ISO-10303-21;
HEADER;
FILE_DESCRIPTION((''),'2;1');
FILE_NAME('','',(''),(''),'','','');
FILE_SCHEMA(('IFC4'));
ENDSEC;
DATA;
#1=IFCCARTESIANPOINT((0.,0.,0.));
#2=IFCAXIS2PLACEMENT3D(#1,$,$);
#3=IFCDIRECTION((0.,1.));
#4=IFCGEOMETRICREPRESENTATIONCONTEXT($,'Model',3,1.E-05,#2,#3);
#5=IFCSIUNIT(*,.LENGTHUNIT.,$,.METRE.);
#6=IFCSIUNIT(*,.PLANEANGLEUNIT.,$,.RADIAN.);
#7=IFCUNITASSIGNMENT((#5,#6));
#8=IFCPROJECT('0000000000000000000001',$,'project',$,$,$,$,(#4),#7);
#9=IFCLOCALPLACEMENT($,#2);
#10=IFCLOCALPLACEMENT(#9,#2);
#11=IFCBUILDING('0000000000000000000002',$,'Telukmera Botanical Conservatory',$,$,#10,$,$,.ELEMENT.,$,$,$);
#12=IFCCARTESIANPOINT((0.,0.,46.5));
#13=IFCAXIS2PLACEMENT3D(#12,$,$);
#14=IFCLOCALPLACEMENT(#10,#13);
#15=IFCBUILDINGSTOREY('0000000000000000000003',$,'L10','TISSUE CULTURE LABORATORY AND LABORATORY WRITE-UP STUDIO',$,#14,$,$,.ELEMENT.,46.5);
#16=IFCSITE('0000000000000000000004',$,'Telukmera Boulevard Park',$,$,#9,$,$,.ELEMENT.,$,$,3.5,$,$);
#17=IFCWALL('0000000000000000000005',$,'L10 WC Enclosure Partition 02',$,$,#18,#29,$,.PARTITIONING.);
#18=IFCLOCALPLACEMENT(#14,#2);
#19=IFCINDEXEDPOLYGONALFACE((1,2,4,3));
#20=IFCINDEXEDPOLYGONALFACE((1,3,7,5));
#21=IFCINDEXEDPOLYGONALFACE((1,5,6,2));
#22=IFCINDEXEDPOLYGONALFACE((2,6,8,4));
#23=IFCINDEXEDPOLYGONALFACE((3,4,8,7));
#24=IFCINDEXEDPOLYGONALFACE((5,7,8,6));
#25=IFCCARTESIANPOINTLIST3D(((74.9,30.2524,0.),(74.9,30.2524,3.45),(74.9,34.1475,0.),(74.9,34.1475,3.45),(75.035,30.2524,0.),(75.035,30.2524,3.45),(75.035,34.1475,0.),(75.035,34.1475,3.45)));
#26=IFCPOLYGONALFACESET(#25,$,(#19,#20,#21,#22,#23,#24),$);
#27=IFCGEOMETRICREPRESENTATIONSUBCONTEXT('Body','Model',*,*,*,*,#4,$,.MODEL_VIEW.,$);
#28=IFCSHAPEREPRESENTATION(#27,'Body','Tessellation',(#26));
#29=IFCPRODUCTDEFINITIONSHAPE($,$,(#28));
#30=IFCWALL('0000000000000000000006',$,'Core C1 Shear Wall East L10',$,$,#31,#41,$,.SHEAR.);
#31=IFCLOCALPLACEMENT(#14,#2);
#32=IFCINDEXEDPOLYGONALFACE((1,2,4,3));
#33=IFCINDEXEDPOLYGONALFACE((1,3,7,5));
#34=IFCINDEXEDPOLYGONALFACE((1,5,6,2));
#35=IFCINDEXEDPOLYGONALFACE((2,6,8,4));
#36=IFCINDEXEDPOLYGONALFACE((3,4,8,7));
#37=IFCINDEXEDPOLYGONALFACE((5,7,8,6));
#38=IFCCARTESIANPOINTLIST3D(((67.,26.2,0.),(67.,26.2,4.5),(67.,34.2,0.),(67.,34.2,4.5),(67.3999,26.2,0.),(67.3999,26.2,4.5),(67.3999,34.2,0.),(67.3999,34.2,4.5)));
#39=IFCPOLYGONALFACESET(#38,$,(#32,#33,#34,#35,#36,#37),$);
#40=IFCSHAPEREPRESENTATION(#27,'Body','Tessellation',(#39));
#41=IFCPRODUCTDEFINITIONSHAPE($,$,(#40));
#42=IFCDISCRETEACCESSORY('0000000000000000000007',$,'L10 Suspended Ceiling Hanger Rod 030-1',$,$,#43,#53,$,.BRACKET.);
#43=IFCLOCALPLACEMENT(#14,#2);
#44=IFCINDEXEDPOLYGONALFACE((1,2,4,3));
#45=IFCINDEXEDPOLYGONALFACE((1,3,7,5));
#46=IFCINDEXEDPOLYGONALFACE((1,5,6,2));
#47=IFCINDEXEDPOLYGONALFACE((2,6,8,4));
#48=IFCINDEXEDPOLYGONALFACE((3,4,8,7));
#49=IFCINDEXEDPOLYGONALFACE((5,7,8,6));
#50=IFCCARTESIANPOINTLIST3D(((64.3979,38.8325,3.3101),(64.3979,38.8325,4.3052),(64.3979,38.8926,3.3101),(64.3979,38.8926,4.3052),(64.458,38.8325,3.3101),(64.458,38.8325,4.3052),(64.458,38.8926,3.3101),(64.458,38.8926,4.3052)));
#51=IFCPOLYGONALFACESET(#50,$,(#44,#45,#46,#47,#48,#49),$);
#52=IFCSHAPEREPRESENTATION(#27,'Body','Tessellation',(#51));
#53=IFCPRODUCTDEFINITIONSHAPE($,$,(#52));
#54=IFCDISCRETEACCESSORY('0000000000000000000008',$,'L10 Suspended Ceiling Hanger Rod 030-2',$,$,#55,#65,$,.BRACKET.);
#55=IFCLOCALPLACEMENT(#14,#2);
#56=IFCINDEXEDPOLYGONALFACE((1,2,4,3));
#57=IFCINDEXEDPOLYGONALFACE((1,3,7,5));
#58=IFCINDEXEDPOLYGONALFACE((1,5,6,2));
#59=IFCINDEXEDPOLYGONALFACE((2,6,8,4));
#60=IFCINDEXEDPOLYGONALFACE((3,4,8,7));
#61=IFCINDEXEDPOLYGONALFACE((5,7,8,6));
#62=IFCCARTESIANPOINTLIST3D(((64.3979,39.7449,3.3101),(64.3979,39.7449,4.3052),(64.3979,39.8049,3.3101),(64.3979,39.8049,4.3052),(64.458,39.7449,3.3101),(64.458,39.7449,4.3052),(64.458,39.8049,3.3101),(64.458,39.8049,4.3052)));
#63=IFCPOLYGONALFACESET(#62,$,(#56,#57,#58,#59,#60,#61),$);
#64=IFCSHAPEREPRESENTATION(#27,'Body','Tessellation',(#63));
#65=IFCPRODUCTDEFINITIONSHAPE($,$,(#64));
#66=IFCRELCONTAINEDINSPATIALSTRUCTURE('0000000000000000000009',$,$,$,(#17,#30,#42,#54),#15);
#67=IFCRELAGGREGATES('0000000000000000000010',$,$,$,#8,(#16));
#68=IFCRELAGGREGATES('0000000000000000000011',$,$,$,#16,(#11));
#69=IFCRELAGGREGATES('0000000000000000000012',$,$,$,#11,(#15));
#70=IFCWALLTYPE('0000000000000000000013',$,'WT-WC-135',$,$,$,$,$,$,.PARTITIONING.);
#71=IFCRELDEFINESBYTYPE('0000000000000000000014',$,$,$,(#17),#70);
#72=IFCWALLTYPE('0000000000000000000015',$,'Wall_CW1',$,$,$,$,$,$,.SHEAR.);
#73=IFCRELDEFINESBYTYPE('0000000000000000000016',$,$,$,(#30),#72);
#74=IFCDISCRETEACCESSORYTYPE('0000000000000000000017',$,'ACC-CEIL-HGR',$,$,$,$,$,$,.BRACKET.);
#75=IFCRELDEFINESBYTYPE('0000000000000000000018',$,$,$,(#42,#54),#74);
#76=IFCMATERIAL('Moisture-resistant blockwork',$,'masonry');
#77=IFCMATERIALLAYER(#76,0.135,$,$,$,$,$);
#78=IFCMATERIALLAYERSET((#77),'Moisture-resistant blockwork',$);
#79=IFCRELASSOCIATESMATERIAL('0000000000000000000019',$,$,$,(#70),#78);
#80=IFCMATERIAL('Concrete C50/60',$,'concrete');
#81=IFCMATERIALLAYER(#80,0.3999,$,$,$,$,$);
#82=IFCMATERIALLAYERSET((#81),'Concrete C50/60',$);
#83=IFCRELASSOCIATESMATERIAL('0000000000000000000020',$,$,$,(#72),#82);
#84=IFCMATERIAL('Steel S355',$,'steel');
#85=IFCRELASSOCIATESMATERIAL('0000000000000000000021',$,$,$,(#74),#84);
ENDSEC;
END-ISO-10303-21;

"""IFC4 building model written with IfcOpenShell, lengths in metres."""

from ifc_helpers import new_model, si_unit, direction, frame, frame_2d, origin, origin_2d, place, context, subcontext, project, spatial, rectangle, extrude, material, layer, layer_set, type_object, element, save


model = new_model("IFC4")

# Units and contexts
model_context = context("Model", 3, precision=1e-05, world=origin(), true_north=direction((0.0, 1.0)))
body_context = subcontext(model_context, "Body", "Model", "MODEL_VIEW")
ifc_project = project(units=[si_unit("LENGTHUNIT", "METRE"), si_unit("PLANEANGLEUNIT", "RADIAN")], contexts=[model_context])

# Site, building, storey
site_placement = place(None, origin())
site = spatial("IfcSite", under=ifc_project, at=site_placement, Name="Telukmera Boulevard Park", CompositionType="ELEMENT", RefElevation=3.5)
building_placement = place(site_placement, origin())
building = spatial("IfcBuilding", under=site, at=building_placement, Name="Telukmera Botanical Conservatory", CompositionType="ELEMENT")
storey_placement = place(building_placement, frame((0.0, 0.0, 46.5)))
storey = spatial("IfcBuildingStorey", under=building, at=storey_placement, Name="L10", Description="TISSUE CULTURE LABORATORY AND LABORATORY WRITE-UP STUDIO", CompositionType="ELEMENT", Elevation=46.5)

# Shared definitions
ifc_material_1 = material(Name="Concrete C50/60", Category="concrete")

# Shared definitions
ifc_material_2 = material(Name="Moisture-resistant blockwork", Category="masonry")
ifc_layer_1 = layer(ifc_material_2, 0.135)
ifc_layer_set_1 = layer_set([ifc_layer_1], Name="Moisture-resistant blockwork")
wall_type_1 = type_object("IfcWallType", Name="WT-WC-135", PredefinedType="PARTITIONING", material=ifc_layer_set_1)

# Walls
wall_1_placement = place(storey_placement, frame((74.9675, 30.2524, 0.0), z_axis=(0.0, 0.0, 1.0), x_axis=(0.0, 1.0, 0.0)))
element("IfcWall", 1, at=wall_1_placement, inside=storey, type_object=wall_type_1, Name="L10 WC Enclosure Partition 02", PredefinedType="PARTITIONING", context=body_context, shape_type="SweptSolid", body=[
    extrude(rectangle(XDim=3.895, YDim=0.135, at=frame_2d((1.9475, 0.0))), origin(), (0.0, 0.0, 1.0), 3.45),
])
ifc_layer_2 = layer(ifc_material_1, 0.3999)
ifc_layer_set_2 = layer_set([ifc_layer_2], Name="Concrete C50/60")
wall_type_2 = type_object("IfcWallType", Name="Wall_CW1", PredefinedType="SHEAR", material=ifc_layer_set_2)
wall_2_placement = place(storey_placement, frame((67.2, 26.2, 0.0), z_axis=(0.0, 0.0, 1.0), x_axis=(0.0, 1.0, 0.0)))
element("IfcWall", 2, at=wall_2_placement, inside=storey, type_object=wall_type_2, Name="Core C1 Shear Wall East L10", PredefinedType="SHEAR", context=body_context, shape_type="SweptSolid", body=[
    extrude(rectangle(XDim=8.0, YDim=0.3999, at=frame_2d((4.0, 0.0))), origin(), (0.0, 0.0, 1.0), 4.5),
])

# Discrete accessories
ifc_material_3 = material(Name="Steel S355", Category="steel")
discrete_accessory_type = type_object("IfcDiscreteAccessoryType", Name="ACC-CEIL-HGR", PredefinedType="BRACKET", material=ifc_material_3)
for number, where, z_axis, x_axis, name in (
    (3, (64.428, 38.8625, 3.3101), (0.0, 0.0, 1.0), (1.0, 0.0, 0.0), "L10 Suspended Ceiling Hanger Rod 030-1"),
    (4, (64.428, 39.7749, 3.3101), (0.0, 0.0, 1.0), (1.0, 0.0, 0.0), "L10 Suspended Ceiling Hanger Rod 030-2"),
):
    element("IfcDiscreteAccessory", number, at=place(storey_placement, frame(where, z_axis=z_axis, x_axis=x_axis)), inside=storey, type_object=discrete_accessory_type, Name=name, PredefinedType="BRACKET", context=body_context, shape_type="SweptSolid", body=[
        extrude(rectangle(XDim=0.0601, YDim=0.0601, at=origin_2d()), origin(), (0.0, 0.0, 1.0), 0.9951),
    ])

save(model, "model.ifc")
